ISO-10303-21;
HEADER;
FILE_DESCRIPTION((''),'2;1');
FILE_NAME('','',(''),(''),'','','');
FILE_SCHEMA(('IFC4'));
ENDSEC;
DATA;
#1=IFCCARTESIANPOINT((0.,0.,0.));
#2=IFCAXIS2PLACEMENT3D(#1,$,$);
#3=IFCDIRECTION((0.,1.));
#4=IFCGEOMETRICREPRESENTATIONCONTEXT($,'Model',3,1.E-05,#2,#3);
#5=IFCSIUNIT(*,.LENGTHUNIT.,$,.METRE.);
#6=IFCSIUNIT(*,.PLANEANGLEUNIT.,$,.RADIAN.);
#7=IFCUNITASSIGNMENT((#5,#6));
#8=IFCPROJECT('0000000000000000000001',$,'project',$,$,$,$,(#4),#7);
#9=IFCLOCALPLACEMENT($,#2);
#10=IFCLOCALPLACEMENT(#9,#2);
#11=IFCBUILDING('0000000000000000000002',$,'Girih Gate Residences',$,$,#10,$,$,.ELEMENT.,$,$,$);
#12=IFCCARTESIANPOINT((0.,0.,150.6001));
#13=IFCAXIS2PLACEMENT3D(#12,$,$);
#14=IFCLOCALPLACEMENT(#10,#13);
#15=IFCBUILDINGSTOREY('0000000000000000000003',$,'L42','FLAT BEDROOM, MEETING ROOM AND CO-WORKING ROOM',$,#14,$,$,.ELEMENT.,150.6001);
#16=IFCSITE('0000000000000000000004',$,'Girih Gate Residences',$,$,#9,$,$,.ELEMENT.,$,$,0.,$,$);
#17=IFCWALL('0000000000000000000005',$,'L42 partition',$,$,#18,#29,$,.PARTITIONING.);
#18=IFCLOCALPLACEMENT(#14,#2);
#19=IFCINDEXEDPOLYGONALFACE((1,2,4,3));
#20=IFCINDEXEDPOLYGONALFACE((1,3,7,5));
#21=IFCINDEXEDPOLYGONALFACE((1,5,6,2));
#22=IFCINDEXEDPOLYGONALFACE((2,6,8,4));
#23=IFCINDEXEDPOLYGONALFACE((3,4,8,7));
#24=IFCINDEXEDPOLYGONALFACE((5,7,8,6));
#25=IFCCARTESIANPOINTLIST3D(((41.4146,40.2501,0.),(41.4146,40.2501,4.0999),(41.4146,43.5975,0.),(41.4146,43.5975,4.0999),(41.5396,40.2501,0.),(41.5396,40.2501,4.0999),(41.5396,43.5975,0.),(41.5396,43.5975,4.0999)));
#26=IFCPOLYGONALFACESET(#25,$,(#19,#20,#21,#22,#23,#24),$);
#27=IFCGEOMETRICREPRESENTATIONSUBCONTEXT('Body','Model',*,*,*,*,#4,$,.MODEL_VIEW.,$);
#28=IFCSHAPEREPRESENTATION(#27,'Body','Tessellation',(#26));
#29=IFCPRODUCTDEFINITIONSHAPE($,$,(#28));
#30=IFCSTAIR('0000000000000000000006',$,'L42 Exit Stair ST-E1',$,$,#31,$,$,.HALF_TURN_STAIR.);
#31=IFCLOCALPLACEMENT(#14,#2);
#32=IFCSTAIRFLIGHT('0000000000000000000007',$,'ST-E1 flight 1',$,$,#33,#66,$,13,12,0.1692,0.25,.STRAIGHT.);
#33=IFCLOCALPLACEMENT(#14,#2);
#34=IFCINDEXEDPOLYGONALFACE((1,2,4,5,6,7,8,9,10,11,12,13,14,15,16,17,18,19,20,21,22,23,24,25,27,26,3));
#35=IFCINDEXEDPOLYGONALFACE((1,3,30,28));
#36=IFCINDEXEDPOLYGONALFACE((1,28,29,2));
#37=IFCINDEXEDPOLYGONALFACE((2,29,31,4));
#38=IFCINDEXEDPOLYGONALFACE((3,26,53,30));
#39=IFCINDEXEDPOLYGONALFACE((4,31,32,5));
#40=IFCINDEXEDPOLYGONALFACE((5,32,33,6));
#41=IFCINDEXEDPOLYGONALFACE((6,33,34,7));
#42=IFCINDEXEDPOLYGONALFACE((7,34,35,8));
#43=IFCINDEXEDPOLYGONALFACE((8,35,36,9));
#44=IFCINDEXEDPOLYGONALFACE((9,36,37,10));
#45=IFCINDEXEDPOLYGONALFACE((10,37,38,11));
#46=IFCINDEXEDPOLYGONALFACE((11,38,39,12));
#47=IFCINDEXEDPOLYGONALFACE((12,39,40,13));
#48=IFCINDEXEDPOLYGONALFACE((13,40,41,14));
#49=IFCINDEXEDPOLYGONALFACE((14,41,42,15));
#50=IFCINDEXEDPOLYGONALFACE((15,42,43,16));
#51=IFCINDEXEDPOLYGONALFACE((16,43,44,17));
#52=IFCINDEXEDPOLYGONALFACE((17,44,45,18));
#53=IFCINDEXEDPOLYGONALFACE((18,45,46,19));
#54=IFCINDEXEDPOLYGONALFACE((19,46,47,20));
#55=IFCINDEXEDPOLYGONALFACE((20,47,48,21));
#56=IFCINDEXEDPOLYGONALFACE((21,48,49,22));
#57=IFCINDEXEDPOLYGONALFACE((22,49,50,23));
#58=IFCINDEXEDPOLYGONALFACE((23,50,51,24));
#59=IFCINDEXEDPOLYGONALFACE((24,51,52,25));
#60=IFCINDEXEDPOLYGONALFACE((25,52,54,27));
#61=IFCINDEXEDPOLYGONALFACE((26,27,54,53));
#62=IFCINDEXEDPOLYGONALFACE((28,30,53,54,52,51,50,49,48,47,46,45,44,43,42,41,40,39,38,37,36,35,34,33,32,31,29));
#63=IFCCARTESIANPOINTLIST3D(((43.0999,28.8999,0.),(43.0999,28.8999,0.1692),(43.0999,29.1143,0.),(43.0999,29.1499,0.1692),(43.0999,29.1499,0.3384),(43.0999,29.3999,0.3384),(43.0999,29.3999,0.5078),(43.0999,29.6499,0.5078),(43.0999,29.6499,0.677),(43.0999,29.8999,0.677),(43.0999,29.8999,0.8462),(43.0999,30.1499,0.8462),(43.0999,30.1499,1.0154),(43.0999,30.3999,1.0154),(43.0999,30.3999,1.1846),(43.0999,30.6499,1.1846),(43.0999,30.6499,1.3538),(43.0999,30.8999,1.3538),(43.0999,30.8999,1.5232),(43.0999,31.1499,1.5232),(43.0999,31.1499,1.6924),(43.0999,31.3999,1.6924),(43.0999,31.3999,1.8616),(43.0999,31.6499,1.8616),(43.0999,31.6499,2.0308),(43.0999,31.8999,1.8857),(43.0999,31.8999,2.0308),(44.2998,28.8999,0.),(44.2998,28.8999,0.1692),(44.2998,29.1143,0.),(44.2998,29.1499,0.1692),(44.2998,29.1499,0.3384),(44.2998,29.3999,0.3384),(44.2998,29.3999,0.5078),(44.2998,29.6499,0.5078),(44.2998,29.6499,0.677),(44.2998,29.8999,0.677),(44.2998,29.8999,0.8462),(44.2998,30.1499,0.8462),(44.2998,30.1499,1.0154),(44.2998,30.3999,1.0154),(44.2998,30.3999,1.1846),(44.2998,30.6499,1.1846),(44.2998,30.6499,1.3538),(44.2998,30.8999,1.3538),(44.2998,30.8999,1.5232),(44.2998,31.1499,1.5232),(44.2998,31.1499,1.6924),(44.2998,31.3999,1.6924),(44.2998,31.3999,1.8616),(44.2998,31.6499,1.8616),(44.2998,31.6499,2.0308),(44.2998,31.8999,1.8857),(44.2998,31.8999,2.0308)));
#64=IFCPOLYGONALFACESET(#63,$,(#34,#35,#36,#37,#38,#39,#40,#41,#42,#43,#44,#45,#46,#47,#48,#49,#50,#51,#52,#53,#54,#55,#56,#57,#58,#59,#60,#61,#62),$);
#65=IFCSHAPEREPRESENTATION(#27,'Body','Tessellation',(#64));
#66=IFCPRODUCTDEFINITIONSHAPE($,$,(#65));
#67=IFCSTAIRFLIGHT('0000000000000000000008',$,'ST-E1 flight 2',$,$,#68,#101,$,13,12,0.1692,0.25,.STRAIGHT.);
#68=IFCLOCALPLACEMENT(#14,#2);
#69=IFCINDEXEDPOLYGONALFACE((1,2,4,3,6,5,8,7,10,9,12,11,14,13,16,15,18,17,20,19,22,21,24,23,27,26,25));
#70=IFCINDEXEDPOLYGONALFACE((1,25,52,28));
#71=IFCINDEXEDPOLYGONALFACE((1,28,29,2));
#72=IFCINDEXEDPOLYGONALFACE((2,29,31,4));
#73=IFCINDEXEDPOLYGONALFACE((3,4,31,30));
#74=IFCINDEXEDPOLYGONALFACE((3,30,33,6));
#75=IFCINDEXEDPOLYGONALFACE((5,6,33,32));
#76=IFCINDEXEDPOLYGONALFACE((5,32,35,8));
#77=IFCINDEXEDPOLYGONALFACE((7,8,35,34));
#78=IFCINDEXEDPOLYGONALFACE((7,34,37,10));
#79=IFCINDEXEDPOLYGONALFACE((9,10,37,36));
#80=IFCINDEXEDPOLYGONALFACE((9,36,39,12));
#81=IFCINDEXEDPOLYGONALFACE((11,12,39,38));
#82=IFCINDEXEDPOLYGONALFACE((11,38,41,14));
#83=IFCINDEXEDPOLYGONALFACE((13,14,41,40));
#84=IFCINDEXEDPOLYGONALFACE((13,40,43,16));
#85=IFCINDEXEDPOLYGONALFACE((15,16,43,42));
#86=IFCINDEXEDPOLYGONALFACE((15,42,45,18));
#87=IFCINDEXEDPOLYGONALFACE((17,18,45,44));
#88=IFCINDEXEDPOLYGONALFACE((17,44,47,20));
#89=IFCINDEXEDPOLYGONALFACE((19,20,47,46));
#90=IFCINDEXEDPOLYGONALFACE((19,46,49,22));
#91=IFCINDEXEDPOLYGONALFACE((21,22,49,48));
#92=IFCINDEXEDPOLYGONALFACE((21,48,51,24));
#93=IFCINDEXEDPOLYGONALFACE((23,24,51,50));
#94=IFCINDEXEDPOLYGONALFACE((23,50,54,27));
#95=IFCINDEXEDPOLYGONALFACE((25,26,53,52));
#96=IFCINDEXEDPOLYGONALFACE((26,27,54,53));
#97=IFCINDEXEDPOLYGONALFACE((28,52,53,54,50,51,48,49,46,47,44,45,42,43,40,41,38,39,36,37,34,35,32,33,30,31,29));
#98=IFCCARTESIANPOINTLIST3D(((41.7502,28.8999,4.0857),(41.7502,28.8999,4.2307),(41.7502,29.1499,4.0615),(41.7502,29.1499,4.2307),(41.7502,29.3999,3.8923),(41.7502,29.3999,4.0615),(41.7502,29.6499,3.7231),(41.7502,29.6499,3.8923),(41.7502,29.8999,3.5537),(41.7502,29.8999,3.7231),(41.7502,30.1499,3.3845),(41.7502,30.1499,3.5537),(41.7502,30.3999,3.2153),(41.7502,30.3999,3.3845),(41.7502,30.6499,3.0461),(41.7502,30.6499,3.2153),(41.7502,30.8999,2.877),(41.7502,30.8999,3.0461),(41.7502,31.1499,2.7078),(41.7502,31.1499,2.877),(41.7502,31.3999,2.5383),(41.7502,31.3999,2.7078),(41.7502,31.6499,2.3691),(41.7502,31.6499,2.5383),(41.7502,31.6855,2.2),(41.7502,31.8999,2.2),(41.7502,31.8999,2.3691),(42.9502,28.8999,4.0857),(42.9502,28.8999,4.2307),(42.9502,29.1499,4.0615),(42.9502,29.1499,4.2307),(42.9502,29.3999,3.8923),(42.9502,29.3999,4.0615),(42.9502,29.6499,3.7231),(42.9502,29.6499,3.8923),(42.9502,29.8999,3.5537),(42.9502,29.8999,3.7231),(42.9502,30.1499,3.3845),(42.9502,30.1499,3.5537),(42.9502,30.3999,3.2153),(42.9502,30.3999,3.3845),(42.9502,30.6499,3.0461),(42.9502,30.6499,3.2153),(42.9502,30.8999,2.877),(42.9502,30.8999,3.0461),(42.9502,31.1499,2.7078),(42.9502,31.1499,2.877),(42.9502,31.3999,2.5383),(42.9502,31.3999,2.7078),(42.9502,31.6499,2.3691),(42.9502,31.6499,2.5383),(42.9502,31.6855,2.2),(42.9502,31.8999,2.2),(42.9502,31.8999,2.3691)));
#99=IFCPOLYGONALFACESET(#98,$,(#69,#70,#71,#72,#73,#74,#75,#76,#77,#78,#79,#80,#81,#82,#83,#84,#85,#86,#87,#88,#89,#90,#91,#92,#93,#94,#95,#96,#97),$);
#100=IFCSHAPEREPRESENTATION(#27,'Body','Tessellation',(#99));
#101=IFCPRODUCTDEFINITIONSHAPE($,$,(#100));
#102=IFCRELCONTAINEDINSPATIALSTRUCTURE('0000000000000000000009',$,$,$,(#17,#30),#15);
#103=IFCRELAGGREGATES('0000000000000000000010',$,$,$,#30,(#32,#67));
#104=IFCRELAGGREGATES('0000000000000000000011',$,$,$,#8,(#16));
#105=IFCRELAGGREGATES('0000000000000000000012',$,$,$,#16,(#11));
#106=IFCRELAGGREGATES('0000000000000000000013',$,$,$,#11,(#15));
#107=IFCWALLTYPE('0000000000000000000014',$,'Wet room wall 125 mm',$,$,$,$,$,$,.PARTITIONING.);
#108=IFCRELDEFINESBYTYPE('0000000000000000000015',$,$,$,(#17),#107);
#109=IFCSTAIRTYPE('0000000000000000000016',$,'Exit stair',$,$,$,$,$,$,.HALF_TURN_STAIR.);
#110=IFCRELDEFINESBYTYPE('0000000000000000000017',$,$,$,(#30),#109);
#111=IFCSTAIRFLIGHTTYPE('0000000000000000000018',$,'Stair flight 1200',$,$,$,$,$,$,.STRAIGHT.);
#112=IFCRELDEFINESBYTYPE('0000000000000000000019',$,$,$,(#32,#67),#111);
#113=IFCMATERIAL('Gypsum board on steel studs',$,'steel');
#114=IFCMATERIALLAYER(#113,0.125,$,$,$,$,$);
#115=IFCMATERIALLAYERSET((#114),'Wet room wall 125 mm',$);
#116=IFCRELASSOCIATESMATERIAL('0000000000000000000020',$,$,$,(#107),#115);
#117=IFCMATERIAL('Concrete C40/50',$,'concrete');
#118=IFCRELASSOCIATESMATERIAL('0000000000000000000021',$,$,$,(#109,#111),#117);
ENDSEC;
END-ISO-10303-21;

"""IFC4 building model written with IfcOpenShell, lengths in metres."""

from ifc_helpers import new_model, si_unit, direction, frame, frame_2d, origin, place, context, subcontext, project, spatial, polyline, rectangle, outline, extrude, material, layer, layer_set, type_object, element, aggregate, save


model = new_model("IFC4")

# Units and contexts
model_context = context("Model", 3, precision=1e-05, world=origin(), true_north=direction((0.0, 1.0)))
body_context = subcontext(model_context, "Body", "Model", "MODEL_VIEW")
ifc_project = project(units=[si_unit("LENGTHUNIT", "METRE"), si_unit("PLANEANGLEUNIT", "RADIAN")], contexts=[model_context])

# Site, building, storey
site_placement = place(None, origin())
site = spatial("IfcSite", under=ifc_project, at=site_placement, Name="Girih Gate Residences", CompositionType="ELEMENT", RefElevation=0.0)
building_placement = place(site_placement, origin())
building = spatial("IfcBuilding", under=site, at=building_placement, Name="Girih Gate Residences", CompositionType="ELEMENT")
storey_placement = place(building_placement, frame((0.0, 0.0, 150.6001)))
storey = spatial("IfcBuildingStorey", under=building, at=storey_placement, Name="L42", Description="FLAT BEDROOM, MEETING ROOM AND CO-WORKING ROOM", CompositionType="ELEMENT", Elevation=150.6001)

# Shared definitions
ifc_material_1 = material(Name="Gypsum board on steel studs", Category="steel")

# Shared definitions
ifc_material_2 = material(Name="Concrete C40/50", Category="concrete")

# Wall
ifc_layer_1 = layer(ifc_material_1, 0.125)
ifc_layer_set_1 = layer_set([ifc_layer_1], Name="Wet room wall 125 mm")
wall_type_1 = type_object("IfcWallType", Name="Wet room wall 125 mm", PredefinedType="PARTITIONING", material=ifc_layer_set_1)
wall_1_placement = place(storey_placement, frame((41.4771, 40.25, 0.0), z_axis=(0.0, 0.0, 1.0), x_axis=(0.0, 1.0, 0.0)))
element("IfcWall", 1, at=wall_1_placement, inside=storey, type_object=wall_type_1, Name="L42 partition", PredefinedType="PARTITIONING", context=body_context, shape_type="SweptSolid", body=[
    extrude(rectangle(XDim=3.3474, YDim=0.125, at=frame_2d((1.6738, 0.0))), origin(), (0.0, 0.0, 1.0), 4.0999),
])

# Stair, stair flights
stair_type = type_object("IfcStairType", Name="Exit stair", PredefinedType="HALF_TURN_STAIR", material=ifc_material_2)
stair_placement = place(storey_placement, origin())
stair = element("IfcStair", 2, at=stair_placement, inside=storey, type_object=stair_type, Name="L42 Exit Stair ST-E1", PredefinedType="HALF_TURN_STAIR")
stair_flight_type = type_object("IfcStairFlightType", Name="Stair flight 1200", PredefinedType="STRAIGHT", material=ifc_material_2)
stair_flight_1_placement = place(storey_placement, frame((43.7, 28.8999, 0.0), z_axis=(0.0, 0.0, 1.0), x_axis=(0.0, 1.0, 0.0)))
stair_flight_1 = element("IfcStairFlight", 3, at=stair_flight_1_placement, type_object=stair_flight_type, Name="ST-E1 flight 1", NumberOfRisers=13, NumberOfTreads=12, PredefinedType="STRAIGHT", RiserHeight=0.1692, TreadLength=0.25, context=body_context, shape_type="SweptSolid", body=[
    extrude(outline(polyline([(0.0, 0.0), (0.0, 0.1692), (0.25, 0.1692), (0.25, 0.3384), (0.5, 0.3384), (0.5, 0.5078), (0.75, 0.5078), (0.75, 0.677), (1.0, 0.677), (1.0, 0.8462), (1.25, 0.8462), (1.25, 1.0154), (1.5, 1.0154), (1.5, 1.1846), (1.75, 1.1846), (1.75, 1.3538), (2.0, 1.3538), (2.0, 1.5232), (2.25, 1.5232), (2.25, 1.6924), (2.5, 1.6924), (2.5, 1.8616), (2.75, 1.8616), (2.75, 2.0308), (3.0, 2.0308), (3.0, 2.2), (3.0, 1.8857), (0.2144, 0.0), (0.0, 0.0)])), frame((0.0, 0.6001, 0.0), z_axis=(0.0, -1.0, 0.0), x_axis=(1.0, 0.0, 0.0)), (0.0, 0.0, 1.0), 1.2),
])
stair_flight_2_placement = place(storey_placement, frame((42.3501, 31.8999, 2.2), z_axis=(0.0, 0.0, 1.0), x_axis=(0.0, -1.0, 0.0)))
stair_flight_2 = element("IfcStairFlight", 4, at=stair_flight_2_placement, type_object=stair_flight_type, Name="ST-E1 flight 2", NumberOfRisers=13, NumberOfTreads=12, PredefinedType="STRAIGHT", RiserHeight=0.1692, TreadLength=0.25, context=body_context, shape_type="SweptSolid", body=[
    extrude(outline(polyline([(0.0, 0.0), (0.0, 0.1692), (0.25, 0.1692), (0.25, 0.3384), (0.5, 0.3384), (0.5, 0.5078), (0.75, 0.5078), (0.75, 0.677), (1.0, 0.677), (1.0, 0.8462), (1.25, 0.8462), (1.25, 1.0154), (1.5, 1.0154), (1.5, 1.1846), (1.75, 1.1846), (1.75, 1.3538), (2.0, 1.3538), (2.0, 1.5232), (2.25, 1.5232), (2.25, 1.6924), (2.5, 1.6924), (2.5, 1.8616), (2.75, 1.8616), (2.75, 2.0308), (3.0, 2.0308), (3.0, 2.2), (3.0, 1.8857), (0.2144, 0.0), (0.0, 0.0)])), frame((0.0, 0.6001, 0.0), z_axis=(0.0, -1.0, 0.0), x_axis=(1.0, 0.0, 0.0)), (0.0, 0.0, 1.0), 1.2),
])
aggregate(stair, [stair_flight_1, stair_flight_2])

save(model, "model.ifc")
